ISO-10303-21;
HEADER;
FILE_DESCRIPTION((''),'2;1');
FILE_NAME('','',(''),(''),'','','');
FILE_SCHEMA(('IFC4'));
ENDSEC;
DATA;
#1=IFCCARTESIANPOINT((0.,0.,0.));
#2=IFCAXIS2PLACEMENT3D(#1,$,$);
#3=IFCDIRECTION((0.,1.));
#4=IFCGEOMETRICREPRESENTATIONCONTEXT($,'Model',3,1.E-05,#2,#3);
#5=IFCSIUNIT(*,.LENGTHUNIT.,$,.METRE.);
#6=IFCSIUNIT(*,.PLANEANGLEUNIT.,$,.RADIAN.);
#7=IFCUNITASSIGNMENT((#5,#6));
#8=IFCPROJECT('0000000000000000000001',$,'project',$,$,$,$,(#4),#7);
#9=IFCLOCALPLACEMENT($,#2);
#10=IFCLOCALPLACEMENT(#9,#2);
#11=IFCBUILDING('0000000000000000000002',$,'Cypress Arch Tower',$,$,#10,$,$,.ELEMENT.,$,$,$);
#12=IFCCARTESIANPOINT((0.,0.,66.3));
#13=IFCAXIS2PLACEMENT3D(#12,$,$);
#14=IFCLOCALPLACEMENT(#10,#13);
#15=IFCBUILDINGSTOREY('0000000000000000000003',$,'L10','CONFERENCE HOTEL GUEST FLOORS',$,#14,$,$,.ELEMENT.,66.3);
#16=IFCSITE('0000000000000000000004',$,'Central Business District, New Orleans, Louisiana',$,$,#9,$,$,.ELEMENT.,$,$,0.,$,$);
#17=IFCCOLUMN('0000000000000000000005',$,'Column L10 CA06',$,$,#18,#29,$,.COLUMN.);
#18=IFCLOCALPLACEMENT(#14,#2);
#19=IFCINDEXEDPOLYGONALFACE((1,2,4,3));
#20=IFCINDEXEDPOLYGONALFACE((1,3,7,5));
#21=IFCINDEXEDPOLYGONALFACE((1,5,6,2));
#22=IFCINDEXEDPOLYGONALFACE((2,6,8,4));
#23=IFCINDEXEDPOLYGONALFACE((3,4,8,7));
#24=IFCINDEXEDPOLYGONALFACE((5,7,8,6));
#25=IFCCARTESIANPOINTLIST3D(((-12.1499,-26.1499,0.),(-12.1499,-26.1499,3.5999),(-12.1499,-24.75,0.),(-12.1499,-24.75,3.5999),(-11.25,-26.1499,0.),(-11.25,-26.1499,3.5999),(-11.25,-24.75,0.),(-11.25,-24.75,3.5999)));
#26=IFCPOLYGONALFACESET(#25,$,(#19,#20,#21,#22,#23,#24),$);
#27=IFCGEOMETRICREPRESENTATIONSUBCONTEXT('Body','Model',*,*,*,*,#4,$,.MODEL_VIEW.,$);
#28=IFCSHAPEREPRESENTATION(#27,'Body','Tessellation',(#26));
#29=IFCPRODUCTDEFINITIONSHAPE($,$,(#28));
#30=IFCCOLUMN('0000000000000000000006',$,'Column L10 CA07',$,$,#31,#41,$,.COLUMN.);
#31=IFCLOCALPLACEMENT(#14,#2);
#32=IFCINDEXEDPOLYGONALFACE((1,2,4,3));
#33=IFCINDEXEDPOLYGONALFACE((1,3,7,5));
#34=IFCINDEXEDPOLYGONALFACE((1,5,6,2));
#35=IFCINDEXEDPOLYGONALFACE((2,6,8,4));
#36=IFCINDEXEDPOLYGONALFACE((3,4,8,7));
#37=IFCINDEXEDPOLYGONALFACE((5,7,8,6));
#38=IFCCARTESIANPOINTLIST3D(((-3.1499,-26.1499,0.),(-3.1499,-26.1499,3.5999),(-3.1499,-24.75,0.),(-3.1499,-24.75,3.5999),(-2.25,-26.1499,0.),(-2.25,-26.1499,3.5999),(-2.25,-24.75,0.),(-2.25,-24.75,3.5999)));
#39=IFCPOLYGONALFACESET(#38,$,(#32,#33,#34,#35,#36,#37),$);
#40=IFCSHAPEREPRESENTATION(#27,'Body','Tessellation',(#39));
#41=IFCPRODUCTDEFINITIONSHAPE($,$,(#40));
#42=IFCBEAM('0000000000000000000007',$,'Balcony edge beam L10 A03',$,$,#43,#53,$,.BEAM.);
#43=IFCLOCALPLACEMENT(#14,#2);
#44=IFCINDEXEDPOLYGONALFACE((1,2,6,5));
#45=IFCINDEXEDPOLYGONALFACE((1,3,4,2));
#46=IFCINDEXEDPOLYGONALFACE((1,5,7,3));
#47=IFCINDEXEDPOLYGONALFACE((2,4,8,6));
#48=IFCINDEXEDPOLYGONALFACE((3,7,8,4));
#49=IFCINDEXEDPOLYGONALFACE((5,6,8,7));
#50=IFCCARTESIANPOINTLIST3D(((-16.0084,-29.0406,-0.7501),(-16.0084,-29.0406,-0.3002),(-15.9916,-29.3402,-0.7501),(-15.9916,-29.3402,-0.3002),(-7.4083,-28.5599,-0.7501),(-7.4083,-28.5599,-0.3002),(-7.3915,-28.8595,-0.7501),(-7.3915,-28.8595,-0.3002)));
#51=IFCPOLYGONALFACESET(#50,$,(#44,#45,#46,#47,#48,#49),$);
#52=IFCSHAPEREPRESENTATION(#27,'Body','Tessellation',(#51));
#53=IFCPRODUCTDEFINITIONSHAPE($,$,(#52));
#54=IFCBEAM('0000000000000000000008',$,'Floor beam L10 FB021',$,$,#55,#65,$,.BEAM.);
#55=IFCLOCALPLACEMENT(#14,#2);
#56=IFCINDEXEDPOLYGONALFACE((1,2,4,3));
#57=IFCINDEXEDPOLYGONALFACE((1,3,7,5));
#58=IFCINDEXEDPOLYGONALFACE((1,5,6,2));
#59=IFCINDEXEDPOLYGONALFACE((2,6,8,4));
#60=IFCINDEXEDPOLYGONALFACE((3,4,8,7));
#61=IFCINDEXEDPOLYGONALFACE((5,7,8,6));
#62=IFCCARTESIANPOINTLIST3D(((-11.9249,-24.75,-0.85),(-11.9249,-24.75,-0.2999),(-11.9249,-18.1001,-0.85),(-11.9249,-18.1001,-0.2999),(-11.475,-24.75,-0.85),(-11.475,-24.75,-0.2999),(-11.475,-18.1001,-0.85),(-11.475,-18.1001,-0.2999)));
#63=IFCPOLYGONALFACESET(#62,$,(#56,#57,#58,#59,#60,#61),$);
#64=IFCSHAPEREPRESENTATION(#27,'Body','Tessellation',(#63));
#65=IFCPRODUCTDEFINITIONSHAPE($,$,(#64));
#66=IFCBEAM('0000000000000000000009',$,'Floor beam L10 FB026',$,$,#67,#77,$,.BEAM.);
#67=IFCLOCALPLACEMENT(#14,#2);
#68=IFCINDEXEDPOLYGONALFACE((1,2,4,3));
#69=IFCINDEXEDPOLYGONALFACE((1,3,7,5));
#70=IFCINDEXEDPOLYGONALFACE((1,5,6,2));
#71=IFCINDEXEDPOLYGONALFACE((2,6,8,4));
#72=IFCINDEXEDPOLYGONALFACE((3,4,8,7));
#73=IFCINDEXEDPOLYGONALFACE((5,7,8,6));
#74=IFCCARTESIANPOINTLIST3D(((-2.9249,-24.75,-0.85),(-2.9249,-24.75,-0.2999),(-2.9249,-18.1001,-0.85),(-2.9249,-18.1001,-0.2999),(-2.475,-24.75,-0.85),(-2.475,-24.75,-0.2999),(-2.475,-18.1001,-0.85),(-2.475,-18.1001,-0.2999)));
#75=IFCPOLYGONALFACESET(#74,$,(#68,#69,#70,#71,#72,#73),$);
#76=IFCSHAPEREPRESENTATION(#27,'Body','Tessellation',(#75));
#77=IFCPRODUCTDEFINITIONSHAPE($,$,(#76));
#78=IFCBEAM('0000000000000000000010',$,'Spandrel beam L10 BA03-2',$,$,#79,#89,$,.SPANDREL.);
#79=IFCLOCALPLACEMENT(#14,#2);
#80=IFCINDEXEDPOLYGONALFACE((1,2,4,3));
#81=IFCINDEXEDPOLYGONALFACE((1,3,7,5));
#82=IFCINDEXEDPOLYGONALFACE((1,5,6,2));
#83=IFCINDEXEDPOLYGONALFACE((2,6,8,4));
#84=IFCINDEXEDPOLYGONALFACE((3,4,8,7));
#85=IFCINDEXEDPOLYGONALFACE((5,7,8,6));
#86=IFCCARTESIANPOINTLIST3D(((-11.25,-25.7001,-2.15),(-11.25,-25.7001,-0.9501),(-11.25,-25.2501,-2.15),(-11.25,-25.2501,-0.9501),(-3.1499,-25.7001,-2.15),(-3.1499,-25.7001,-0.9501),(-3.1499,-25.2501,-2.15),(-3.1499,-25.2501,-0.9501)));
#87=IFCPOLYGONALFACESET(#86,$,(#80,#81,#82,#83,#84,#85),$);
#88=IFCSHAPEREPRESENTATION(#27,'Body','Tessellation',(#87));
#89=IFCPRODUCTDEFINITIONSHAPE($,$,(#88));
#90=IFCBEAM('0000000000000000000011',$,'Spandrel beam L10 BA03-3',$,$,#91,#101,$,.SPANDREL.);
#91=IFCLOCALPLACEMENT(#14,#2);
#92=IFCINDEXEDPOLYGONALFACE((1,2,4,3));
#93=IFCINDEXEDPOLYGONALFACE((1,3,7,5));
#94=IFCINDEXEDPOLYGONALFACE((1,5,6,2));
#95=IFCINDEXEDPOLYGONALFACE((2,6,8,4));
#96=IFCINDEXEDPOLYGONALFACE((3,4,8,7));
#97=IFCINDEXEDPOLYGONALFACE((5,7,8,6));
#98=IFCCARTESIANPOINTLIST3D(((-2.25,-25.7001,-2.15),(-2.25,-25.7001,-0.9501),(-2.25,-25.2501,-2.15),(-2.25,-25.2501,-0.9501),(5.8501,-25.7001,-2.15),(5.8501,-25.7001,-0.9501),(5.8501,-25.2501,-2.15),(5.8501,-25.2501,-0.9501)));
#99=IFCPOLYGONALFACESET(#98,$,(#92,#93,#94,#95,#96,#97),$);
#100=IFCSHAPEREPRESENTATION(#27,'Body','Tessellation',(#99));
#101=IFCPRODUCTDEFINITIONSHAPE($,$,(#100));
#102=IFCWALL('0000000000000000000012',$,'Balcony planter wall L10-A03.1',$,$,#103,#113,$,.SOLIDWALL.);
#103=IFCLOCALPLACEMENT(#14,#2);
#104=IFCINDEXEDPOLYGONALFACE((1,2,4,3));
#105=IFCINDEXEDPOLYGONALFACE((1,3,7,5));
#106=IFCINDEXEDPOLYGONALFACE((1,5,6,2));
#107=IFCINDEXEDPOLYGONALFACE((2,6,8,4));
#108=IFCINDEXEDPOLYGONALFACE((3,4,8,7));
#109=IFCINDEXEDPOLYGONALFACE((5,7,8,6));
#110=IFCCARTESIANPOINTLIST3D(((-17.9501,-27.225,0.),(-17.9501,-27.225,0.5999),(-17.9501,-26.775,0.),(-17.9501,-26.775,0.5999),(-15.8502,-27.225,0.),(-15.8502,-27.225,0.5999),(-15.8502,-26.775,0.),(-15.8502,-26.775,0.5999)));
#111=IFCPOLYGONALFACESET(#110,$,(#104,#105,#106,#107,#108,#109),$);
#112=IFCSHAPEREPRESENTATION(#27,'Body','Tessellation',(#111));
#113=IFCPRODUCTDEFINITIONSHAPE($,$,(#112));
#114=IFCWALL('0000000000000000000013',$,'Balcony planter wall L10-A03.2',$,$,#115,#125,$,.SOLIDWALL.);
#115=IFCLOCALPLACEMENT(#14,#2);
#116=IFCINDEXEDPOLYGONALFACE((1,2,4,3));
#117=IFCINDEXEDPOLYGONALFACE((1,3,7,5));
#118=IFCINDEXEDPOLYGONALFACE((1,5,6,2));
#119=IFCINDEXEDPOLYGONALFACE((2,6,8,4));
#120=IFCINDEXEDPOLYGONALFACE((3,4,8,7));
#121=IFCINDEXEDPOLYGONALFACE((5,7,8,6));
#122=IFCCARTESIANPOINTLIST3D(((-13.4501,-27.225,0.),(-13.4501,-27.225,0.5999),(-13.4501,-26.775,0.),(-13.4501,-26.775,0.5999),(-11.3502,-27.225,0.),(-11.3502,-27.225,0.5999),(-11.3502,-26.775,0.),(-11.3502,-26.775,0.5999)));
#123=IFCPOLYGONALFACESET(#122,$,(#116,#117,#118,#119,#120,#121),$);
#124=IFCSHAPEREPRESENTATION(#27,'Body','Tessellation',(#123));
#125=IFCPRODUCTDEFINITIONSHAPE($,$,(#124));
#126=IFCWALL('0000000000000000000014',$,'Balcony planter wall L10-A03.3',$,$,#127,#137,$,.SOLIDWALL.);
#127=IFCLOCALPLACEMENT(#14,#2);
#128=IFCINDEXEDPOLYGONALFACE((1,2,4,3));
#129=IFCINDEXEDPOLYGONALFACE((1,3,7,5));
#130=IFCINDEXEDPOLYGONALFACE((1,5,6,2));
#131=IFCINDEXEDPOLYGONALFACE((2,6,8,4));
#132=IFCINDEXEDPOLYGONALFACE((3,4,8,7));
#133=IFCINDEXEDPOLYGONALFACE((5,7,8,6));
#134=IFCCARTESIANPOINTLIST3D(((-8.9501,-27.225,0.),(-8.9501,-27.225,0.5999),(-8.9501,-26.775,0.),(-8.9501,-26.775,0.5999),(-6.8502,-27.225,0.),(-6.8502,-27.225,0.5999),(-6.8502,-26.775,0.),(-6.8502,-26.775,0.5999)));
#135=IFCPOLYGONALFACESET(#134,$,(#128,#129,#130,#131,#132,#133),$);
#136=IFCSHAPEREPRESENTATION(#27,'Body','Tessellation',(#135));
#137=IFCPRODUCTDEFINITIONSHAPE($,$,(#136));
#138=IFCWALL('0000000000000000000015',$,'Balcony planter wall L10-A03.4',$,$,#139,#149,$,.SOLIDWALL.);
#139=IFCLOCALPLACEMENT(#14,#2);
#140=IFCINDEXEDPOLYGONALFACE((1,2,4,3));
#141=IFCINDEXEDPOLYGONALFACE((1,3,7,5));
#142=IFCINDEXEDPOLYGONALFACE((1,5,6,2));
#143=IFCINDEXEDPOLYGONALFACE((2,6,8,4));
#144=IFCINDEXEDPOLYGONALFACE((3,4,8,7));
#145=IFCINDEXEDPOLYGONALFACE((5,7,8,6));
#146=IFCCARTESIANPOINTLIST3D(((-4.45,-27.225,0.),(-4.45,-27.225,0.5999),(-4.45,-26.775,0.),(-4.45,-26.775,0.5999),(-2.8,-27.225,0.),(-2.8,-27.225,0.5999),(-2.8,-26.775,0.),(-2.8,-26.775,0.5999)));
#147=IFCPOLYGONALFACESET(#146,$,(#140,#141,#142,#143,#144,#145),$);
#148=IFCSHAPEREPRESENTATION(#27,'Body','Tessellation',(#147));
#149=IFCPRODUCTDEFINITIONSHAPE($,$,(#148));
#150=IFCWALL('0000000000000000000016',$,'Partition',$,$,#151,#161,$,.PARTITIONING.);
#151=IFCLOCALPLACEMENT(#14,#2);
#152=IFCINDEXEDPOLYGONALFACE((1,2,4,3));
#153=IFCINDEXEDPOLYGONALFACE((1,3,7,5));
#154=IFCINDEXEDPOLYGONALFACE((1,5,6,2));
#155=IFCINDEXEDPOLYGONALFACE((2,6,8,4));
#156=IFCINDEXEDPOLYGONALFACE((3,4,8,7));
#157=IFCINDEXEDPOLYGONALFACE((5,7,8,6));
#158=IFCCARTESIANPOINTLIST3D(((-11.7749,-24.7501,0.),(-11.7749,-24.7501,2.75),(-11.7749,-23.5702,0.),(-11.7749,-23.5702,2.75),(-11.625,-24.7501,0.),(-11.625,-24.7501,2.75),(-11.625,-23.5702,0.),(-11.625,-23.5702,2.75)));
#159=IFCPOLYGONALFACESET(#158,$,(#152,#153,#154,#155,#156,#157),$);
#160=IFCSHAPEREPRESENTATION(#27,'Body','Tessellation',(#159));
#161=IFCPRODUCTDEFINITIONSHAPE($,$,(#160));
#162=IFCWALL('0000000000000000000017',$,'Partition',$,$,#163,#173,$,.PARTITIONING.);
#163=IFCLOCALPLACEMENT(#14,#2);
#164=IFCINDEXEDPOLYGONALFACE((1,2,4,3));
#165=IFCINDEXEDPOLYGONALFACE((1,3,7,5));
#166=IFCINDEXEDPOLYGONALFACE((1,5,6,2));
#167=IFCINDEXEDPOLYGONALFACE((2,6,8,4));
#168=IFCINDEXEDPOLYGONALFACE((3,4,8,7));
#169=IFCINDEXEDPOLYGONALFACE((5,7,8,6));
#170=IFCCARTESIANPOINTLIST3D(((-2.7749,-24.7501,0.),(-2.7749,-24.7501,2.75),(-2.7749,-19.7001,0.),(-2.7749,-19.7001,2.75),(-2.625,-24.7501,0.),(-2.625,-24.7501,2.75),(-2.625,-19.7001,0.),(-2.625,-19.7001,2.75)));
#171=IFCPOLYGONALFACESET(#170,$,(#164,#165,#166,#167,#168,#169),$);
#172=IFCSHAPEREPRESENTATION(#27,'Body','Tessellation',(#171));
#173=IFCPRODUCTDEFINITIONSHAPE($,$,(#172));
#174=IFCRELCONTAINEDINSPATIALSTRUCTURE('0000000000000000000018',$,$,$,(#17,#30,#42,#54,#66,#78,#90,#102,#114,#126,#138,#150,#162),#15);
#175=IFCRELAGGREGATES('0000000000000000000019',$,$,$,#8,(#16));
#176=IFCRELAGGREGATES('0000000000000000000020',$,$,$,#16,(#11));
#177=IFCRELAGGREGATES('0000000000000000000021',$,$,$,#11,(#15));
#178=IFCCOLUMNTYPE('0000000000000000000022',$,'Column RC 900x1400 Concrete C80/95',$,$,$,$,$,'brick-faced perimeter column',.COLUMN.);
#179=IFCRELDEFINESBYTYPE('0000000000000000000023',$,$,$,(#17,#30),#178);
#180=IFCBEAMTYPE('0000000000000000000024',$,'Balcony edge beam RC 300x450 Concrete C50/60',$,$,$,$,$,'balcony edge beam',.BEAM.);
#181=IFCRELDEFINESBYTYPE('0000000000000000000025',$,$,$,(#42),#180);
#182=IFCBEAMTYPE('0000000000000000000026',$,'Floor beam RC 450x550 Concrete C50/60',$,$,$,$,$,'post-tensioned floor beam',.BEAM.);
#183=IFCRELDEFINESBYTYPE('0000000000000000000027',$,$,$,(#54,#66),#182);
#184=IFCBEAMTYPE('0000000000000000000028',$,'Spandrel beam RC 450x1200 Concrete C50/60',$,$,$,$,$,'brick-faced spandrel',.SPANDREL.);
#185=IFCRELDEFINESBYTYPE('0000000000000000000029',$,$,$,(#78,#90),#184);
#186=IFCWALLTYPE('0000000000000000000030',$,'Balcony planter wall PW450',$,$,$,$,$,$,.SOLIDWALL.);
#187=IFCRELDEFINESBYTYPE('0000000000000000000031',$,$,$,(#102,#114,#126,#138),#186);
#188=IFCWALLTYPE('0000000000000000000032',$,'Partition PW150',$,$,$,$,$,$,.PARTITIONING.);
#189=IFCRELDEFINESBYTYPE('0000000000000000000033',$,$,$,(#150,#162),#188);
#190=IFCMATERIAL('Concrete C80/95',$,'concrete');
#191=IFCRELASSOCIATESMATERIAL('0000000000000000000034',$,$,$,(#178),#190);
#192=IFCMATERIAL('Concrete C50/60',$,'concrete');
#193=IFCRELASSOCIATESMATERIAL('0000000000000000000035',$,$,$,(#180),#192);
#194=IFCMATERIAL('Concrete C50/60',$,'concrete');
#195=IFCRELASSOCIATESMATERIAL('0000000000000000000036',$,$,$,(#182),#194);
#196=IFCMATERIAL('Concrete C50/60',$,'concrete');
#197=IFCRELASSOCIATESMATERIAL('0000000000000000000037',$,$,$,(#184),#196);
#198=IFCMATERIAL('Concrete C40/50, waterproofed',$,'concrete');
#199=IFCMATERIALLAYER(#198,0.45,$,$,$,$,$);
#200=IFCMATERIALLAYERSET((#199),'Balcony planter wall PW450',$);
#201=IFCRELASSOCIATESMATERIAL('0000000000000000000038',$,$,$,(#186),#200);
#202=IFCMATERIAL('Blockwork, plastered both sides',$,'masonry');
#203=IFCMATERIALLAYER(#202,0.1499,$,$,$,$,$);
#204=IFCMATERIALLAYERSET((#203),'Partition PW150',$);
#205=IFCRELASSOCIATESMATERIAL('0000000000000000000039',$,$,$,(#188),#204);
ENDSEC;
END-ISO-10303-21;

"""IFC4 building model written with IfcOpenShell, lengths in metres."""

from ifc_helpers import new_model, si_unit, direction, frame, frame_2d, origin, origin_2d, place, context, subcontext, project, spatial, rectangle, extrude, material, layer, layer_set, material_profile, profile_set, type_object, element, save


model = new_model("IFC4")

# Units and contexts
model_context = context("Model", 3, precision=1e-05, world=origin(), true_north=direction((0.0, 1.0)))
body_context = subcontext(model_context, "Body", "Model", "MODEL_VIEW")
ifc_project = project(units=[si_unit("LENGTHUNIT", "METRE"), si_unit("PLANEANGLEUNIT", "RADIAN")], contexts=[model_context])

# Site, building, storey
site_placement = place(None, origin())
site = spatial("IfcSite", under=ifc_project, at=site_placement, Name="Central Business District, New Orleans, Louisiana", CompositionType="ELEMENT", RefElevation=0.0)
building_placement = place(site_placement, origin())
building = spatial("IfcBuilding", under=site, at=building_placement, Name="Cypress Arch Tower", CompositionType="ELEMENT")
storey_placement = place(building_placement, frame((0.0, 0.0, 66.3)))
storey = spatial("IfcBuildingStorey", under=building, at=storey_placement, Name="L10", Description="CONFERENCE HOTEL GUEST FLOORS", CompositionType="ELEMENT", Elevation=66.3)

# Columns
ifc_material_1 = material(Name="Concrete C80/95", Category="concrete")
ifc_material_profile_1 = material_profile(ifc_material_1, rectangle(XDim=0.8999, YDim=1.3999, at=origin_2d()), Name="RC 900x1400")
ifc_profile_set_1 = profile_set([ifc_material_profile_1], Name="Concrete C80/95")
column_type = type_object("IfcColumnType", Name="Column RC 900x1400 Concrete C80/95", ElementType="brick-faced perimeter column", PredefinedType="COLUMN", material=ifc_profile_set_1)
for number, where, z_axis, x_axis, name in (
    (1, (-11.7, -25.45, 0.0), (0.0, 0.0, 1.0), (1.0, 0.0, 0.0), "Column L10 CA06"),
    (2, (-2.7, -25.45, 0.0), (0.0, 0.0, 1.0), (1.0, 0.0, 0.0), "Column L10 CA07"),
):
    element("IfcColumn", number, at=place(storey_placement, frame(where, z_axis=z_axis, x_axis=x_axis)), inside=storey, type_object=column_type, Name=name, PredefinedType="COLUMN", context=body_context, shape_type="SweptSolid", body=[
        extrude(rectangle(XDim=0.8999, YDim=1.3999, at=origin_2d()), origin(), (0.0, 0.0, 1.0), 3.5999),
    ])

# Beams
ifc_material_2 = material(Name="Concrete C50/60", Category="concrete")
ifc_material_profile_2 = material_profile(ifc_material_2, rectangle(XDim=0.3, YDim=0.45, at=origin_2d()), Name="RC 300x450")
ifc_profile_set_2 = profile_set([ifc_material_profile_2], Name="Concrete C50/60")
beam_type_1 = type_object("IfcBeamType", Name="Balcony edge beam RC 300x450 Concrete C50/60", ElementType="balcony edge beam", PredefinedType="BEAM", material=ifc_profile_set_2)
beam_placement = place(storey_placement, frame((-16.0, -29.1904, -0.5251), z_axis=(0.998441, 0.055809, 0.0), x_axis=(-0.055809, 0.998441, 0.0)))
element("IfcBeam", 3, at=beam_placement, inside=storey, type_object=beam_type_1, Name="Balcony edge beam L10 A03", PredefinedType="BEAM", context=body_context, shape_type="SweptSolid", body=[
    extrude(rectangle(XDim=0.3, YDim=0.45, at=origin_2d()), origin(), (0.0, 0.0, 1.0), 8.6135),
])
ifc_material_3 = material(Name="Concrete C50/60", Category="concrete")
ifc_material_profile_3 = material_profile(ifc_material_3, rectangle(XDim=0.45, YDim=0.55, at=origin_2d()), Name="RC 450x550")
ifc_profile_set_3 = profile_set([ifc_material_profile_3], Name="Concrete C50/60")
beam_type_2 = type_object("IfcBeamType", Name="Floor beam RC 450x550 Concrete C50/60", ElementType="post-tensioned floor beam", PredefinedType="BEAM", material=ifc_profile_set_3)
for number, where, z_axis, x_axis, name in (
    (4, (-11.7, -24.75, -0.575), (0.0, 1.0, 0.0), (-1.0, 0.0, 0.0), "Floor beam L10 FB021"),
    (5, (-2.7, -24.75, -0.575), (0.0, 1.0, 0.0), (-1.0, 0.0, 0.0), "Floor beam L10 FB026"),
):
    element("IfcBeam", number, at=place(storey_placement, frame(where, z_axis=z_axis, x_axis=x_axis)), inside=storey, type_object=beam_type_2, Name=name, PredefinedType="BEAM", context=body_context, shape_type="SweptSolid", body=[
        extrude(rectangle(XDim=0.45, YDim=0.55, at=origin_2d()), origin(), (0.0, 0.0, 1.0), 6.6499),
    ])
ifc_material_4 = material(Name="Concrete C50/60", Category="concrete")
ifc_material_profile_4 = material_profile(ifc_material_4, rectangle(XDim=0.45, YDim=1.2, at=origin_2d()), Name="RC 450x1200")
ifc_profile_set_4 = profile_set([ifc_material_profile_4], Name="Concrete C50/60")
beam_type_3 = type_object("IfcBeamType", Name="Spandrel beam RC 450x1200 Concrete C50/60", ElementType="brick-faced spandrel", PredefinedType="SPANDREL", material=ifc_profile_set_4)
for number, where, z_axis, x_axis, name in (
    (6, (-11.25, -25.4751, -1.55), (1.0, 0.0, 0.0), (0.0, 1.0, 0.0), "Spandrel beam L10 BA03-2"),
    (7, (-2.25, -25.4751, -1.55), (1.0, 0.0, 0.0), (0.0, 1.0, 0.0), "Spandrel beam L10 BA03-3"),
):
    element("IfcBeam", number, at=place(storey_placement, frame(where, z_axis=z_axis, x_axis=x_axis)), inside=storey, type_object=beam_type_3, Name=name, PredefinedType="SPANDREL", context=body_context, shape_type="SweptSolid", body=[
        extrude(rectangle(XDim=0.45, YDim=1.2, at=origin_2d()), origin(), (0.0, 0.0, 1.0), 8.1001),
    ])

# Walls
ifc_material_5 = material(Name="Concrete C40/50, waterproofed", Category="concrete")
ifc_layer_1 = layer(ifc_material_5, 0.45)
ifc_layer_set_1 = layer_set([ifc_layer_1], Name="Balcony planter wall PW450")
wall_type_1 = type_object("IfcWallType", Name="Balcony planter wall PW450", PredefinedType="SOLIDWALL", material=ifc_layer_set_1)
for number, where, z_axis, x_axis, name in (
    (8, (-17.95, -27.0, 0.0), (0.0, 0.0, 1.0), (1.0, 0.0, 0.0), "Balcony planter wall L10-A03.1"),
    (9, (-13.45, -27.0, 0.0), (0.0, 0.0, 1.0), (1.0, 0.0, 0.0), "Balcony planter wall L10-A03.2"),
    (10, (-8.95, -27.0, 0.0), (0.0, 0.0, 1.0), (1.0, 0.0, 0.0), "Balcony planter wall L10-A03.3"),
):
    element("IfcWall", number, at=place(storey_placement, frame(where, z_axis=z_axis, x_axis=x_axis)), inside=storey, type_object=wall_type_1, Name=name, PredefinedType="SOLIDWALL", context=body_context, shape_type="SweptSolid", body=[
        extrude(rectangle(XDim=2.0999, YDim=0.45, at=frame_2d((1.0498, 0.0))), origin(), (0.0, 0.0, 1.0), 0.5999),
    ])
wall_1_placement = place(storey_placement, frame((-4.45, -27.0, 0.0), z_axis=(0.0, 0.0, 1.0), x_axis=(1.0, 0.0, 0.0)))
element("IfcWall", 11, at=wall_1_placement, inside=storey, type_object=wall_type_1, Name="Balcony planter wall L10-A03.4", PredefinedType="SOLIDWALL", context=body_context, shape_type="SweptSolid", body=[
    extrude(rectangle(XDim=1.6499, YDim=0.45, at=frame_2d((0.825, 0.0))), origin(), (0.0, 0.0, 1.0), 0.5999),
])

# Walls
ifc_material_6 = material(Name="Blockwork, plastered both sides", Category="masonry")
ifc_layer_2 = layer(ifc_material_6, 0.1499)
ifc_layer_set_2 = layer_set([ifc_layer_2], Name="Partition PW150")
wall_type_2 = type_object("IfcWallType", Name="Partition PW150", PredefinedType="PARTITIONING", material=ifc_layer_set_2)
wall_2_placement = place(storey_placement, frame((-11.7, -24.75, 0.0), z_axis=(0.0, 0.0, 1.0), x_axis=(0.0, 1.0, 0.0)))
element("IfcWall", 12, at=wall_2_placement, inside=storey, type_object=wall_type_2, Name="Partition", PredefinedType="PARTITIONING", context=body_context, shape_type="SweptSolid", body=[
    extrude(rectangle(XDim=1.1799, YDim=0.1499, at=frame_2d((0.5898, 0.0))), origin(), (0.0, 0.0, 1.0), 2.75),
])
wall_3_placement = place(storey_placement, frame((-2.7, -24.75, 0.0), z_axis=(0.0, 0.0, 1.0), x_axis=(0.0, 1.0, 0.0)))
element("IfcWall", 13, at=wall_3_placement, inside=storey, type_object=wall_type_2, Name="Partition", PredefinedType="PARTITIONING", context=body_context, shape_type="SweptSolid", body=[
    extrude(rectangle(XDim=5.05, YDim=0.1499, at=frame_2d((2.5249, 0.0))), origin(), (0.0, 0.0, 1.0), 2.75),
])

save(model, "model.ifc")
